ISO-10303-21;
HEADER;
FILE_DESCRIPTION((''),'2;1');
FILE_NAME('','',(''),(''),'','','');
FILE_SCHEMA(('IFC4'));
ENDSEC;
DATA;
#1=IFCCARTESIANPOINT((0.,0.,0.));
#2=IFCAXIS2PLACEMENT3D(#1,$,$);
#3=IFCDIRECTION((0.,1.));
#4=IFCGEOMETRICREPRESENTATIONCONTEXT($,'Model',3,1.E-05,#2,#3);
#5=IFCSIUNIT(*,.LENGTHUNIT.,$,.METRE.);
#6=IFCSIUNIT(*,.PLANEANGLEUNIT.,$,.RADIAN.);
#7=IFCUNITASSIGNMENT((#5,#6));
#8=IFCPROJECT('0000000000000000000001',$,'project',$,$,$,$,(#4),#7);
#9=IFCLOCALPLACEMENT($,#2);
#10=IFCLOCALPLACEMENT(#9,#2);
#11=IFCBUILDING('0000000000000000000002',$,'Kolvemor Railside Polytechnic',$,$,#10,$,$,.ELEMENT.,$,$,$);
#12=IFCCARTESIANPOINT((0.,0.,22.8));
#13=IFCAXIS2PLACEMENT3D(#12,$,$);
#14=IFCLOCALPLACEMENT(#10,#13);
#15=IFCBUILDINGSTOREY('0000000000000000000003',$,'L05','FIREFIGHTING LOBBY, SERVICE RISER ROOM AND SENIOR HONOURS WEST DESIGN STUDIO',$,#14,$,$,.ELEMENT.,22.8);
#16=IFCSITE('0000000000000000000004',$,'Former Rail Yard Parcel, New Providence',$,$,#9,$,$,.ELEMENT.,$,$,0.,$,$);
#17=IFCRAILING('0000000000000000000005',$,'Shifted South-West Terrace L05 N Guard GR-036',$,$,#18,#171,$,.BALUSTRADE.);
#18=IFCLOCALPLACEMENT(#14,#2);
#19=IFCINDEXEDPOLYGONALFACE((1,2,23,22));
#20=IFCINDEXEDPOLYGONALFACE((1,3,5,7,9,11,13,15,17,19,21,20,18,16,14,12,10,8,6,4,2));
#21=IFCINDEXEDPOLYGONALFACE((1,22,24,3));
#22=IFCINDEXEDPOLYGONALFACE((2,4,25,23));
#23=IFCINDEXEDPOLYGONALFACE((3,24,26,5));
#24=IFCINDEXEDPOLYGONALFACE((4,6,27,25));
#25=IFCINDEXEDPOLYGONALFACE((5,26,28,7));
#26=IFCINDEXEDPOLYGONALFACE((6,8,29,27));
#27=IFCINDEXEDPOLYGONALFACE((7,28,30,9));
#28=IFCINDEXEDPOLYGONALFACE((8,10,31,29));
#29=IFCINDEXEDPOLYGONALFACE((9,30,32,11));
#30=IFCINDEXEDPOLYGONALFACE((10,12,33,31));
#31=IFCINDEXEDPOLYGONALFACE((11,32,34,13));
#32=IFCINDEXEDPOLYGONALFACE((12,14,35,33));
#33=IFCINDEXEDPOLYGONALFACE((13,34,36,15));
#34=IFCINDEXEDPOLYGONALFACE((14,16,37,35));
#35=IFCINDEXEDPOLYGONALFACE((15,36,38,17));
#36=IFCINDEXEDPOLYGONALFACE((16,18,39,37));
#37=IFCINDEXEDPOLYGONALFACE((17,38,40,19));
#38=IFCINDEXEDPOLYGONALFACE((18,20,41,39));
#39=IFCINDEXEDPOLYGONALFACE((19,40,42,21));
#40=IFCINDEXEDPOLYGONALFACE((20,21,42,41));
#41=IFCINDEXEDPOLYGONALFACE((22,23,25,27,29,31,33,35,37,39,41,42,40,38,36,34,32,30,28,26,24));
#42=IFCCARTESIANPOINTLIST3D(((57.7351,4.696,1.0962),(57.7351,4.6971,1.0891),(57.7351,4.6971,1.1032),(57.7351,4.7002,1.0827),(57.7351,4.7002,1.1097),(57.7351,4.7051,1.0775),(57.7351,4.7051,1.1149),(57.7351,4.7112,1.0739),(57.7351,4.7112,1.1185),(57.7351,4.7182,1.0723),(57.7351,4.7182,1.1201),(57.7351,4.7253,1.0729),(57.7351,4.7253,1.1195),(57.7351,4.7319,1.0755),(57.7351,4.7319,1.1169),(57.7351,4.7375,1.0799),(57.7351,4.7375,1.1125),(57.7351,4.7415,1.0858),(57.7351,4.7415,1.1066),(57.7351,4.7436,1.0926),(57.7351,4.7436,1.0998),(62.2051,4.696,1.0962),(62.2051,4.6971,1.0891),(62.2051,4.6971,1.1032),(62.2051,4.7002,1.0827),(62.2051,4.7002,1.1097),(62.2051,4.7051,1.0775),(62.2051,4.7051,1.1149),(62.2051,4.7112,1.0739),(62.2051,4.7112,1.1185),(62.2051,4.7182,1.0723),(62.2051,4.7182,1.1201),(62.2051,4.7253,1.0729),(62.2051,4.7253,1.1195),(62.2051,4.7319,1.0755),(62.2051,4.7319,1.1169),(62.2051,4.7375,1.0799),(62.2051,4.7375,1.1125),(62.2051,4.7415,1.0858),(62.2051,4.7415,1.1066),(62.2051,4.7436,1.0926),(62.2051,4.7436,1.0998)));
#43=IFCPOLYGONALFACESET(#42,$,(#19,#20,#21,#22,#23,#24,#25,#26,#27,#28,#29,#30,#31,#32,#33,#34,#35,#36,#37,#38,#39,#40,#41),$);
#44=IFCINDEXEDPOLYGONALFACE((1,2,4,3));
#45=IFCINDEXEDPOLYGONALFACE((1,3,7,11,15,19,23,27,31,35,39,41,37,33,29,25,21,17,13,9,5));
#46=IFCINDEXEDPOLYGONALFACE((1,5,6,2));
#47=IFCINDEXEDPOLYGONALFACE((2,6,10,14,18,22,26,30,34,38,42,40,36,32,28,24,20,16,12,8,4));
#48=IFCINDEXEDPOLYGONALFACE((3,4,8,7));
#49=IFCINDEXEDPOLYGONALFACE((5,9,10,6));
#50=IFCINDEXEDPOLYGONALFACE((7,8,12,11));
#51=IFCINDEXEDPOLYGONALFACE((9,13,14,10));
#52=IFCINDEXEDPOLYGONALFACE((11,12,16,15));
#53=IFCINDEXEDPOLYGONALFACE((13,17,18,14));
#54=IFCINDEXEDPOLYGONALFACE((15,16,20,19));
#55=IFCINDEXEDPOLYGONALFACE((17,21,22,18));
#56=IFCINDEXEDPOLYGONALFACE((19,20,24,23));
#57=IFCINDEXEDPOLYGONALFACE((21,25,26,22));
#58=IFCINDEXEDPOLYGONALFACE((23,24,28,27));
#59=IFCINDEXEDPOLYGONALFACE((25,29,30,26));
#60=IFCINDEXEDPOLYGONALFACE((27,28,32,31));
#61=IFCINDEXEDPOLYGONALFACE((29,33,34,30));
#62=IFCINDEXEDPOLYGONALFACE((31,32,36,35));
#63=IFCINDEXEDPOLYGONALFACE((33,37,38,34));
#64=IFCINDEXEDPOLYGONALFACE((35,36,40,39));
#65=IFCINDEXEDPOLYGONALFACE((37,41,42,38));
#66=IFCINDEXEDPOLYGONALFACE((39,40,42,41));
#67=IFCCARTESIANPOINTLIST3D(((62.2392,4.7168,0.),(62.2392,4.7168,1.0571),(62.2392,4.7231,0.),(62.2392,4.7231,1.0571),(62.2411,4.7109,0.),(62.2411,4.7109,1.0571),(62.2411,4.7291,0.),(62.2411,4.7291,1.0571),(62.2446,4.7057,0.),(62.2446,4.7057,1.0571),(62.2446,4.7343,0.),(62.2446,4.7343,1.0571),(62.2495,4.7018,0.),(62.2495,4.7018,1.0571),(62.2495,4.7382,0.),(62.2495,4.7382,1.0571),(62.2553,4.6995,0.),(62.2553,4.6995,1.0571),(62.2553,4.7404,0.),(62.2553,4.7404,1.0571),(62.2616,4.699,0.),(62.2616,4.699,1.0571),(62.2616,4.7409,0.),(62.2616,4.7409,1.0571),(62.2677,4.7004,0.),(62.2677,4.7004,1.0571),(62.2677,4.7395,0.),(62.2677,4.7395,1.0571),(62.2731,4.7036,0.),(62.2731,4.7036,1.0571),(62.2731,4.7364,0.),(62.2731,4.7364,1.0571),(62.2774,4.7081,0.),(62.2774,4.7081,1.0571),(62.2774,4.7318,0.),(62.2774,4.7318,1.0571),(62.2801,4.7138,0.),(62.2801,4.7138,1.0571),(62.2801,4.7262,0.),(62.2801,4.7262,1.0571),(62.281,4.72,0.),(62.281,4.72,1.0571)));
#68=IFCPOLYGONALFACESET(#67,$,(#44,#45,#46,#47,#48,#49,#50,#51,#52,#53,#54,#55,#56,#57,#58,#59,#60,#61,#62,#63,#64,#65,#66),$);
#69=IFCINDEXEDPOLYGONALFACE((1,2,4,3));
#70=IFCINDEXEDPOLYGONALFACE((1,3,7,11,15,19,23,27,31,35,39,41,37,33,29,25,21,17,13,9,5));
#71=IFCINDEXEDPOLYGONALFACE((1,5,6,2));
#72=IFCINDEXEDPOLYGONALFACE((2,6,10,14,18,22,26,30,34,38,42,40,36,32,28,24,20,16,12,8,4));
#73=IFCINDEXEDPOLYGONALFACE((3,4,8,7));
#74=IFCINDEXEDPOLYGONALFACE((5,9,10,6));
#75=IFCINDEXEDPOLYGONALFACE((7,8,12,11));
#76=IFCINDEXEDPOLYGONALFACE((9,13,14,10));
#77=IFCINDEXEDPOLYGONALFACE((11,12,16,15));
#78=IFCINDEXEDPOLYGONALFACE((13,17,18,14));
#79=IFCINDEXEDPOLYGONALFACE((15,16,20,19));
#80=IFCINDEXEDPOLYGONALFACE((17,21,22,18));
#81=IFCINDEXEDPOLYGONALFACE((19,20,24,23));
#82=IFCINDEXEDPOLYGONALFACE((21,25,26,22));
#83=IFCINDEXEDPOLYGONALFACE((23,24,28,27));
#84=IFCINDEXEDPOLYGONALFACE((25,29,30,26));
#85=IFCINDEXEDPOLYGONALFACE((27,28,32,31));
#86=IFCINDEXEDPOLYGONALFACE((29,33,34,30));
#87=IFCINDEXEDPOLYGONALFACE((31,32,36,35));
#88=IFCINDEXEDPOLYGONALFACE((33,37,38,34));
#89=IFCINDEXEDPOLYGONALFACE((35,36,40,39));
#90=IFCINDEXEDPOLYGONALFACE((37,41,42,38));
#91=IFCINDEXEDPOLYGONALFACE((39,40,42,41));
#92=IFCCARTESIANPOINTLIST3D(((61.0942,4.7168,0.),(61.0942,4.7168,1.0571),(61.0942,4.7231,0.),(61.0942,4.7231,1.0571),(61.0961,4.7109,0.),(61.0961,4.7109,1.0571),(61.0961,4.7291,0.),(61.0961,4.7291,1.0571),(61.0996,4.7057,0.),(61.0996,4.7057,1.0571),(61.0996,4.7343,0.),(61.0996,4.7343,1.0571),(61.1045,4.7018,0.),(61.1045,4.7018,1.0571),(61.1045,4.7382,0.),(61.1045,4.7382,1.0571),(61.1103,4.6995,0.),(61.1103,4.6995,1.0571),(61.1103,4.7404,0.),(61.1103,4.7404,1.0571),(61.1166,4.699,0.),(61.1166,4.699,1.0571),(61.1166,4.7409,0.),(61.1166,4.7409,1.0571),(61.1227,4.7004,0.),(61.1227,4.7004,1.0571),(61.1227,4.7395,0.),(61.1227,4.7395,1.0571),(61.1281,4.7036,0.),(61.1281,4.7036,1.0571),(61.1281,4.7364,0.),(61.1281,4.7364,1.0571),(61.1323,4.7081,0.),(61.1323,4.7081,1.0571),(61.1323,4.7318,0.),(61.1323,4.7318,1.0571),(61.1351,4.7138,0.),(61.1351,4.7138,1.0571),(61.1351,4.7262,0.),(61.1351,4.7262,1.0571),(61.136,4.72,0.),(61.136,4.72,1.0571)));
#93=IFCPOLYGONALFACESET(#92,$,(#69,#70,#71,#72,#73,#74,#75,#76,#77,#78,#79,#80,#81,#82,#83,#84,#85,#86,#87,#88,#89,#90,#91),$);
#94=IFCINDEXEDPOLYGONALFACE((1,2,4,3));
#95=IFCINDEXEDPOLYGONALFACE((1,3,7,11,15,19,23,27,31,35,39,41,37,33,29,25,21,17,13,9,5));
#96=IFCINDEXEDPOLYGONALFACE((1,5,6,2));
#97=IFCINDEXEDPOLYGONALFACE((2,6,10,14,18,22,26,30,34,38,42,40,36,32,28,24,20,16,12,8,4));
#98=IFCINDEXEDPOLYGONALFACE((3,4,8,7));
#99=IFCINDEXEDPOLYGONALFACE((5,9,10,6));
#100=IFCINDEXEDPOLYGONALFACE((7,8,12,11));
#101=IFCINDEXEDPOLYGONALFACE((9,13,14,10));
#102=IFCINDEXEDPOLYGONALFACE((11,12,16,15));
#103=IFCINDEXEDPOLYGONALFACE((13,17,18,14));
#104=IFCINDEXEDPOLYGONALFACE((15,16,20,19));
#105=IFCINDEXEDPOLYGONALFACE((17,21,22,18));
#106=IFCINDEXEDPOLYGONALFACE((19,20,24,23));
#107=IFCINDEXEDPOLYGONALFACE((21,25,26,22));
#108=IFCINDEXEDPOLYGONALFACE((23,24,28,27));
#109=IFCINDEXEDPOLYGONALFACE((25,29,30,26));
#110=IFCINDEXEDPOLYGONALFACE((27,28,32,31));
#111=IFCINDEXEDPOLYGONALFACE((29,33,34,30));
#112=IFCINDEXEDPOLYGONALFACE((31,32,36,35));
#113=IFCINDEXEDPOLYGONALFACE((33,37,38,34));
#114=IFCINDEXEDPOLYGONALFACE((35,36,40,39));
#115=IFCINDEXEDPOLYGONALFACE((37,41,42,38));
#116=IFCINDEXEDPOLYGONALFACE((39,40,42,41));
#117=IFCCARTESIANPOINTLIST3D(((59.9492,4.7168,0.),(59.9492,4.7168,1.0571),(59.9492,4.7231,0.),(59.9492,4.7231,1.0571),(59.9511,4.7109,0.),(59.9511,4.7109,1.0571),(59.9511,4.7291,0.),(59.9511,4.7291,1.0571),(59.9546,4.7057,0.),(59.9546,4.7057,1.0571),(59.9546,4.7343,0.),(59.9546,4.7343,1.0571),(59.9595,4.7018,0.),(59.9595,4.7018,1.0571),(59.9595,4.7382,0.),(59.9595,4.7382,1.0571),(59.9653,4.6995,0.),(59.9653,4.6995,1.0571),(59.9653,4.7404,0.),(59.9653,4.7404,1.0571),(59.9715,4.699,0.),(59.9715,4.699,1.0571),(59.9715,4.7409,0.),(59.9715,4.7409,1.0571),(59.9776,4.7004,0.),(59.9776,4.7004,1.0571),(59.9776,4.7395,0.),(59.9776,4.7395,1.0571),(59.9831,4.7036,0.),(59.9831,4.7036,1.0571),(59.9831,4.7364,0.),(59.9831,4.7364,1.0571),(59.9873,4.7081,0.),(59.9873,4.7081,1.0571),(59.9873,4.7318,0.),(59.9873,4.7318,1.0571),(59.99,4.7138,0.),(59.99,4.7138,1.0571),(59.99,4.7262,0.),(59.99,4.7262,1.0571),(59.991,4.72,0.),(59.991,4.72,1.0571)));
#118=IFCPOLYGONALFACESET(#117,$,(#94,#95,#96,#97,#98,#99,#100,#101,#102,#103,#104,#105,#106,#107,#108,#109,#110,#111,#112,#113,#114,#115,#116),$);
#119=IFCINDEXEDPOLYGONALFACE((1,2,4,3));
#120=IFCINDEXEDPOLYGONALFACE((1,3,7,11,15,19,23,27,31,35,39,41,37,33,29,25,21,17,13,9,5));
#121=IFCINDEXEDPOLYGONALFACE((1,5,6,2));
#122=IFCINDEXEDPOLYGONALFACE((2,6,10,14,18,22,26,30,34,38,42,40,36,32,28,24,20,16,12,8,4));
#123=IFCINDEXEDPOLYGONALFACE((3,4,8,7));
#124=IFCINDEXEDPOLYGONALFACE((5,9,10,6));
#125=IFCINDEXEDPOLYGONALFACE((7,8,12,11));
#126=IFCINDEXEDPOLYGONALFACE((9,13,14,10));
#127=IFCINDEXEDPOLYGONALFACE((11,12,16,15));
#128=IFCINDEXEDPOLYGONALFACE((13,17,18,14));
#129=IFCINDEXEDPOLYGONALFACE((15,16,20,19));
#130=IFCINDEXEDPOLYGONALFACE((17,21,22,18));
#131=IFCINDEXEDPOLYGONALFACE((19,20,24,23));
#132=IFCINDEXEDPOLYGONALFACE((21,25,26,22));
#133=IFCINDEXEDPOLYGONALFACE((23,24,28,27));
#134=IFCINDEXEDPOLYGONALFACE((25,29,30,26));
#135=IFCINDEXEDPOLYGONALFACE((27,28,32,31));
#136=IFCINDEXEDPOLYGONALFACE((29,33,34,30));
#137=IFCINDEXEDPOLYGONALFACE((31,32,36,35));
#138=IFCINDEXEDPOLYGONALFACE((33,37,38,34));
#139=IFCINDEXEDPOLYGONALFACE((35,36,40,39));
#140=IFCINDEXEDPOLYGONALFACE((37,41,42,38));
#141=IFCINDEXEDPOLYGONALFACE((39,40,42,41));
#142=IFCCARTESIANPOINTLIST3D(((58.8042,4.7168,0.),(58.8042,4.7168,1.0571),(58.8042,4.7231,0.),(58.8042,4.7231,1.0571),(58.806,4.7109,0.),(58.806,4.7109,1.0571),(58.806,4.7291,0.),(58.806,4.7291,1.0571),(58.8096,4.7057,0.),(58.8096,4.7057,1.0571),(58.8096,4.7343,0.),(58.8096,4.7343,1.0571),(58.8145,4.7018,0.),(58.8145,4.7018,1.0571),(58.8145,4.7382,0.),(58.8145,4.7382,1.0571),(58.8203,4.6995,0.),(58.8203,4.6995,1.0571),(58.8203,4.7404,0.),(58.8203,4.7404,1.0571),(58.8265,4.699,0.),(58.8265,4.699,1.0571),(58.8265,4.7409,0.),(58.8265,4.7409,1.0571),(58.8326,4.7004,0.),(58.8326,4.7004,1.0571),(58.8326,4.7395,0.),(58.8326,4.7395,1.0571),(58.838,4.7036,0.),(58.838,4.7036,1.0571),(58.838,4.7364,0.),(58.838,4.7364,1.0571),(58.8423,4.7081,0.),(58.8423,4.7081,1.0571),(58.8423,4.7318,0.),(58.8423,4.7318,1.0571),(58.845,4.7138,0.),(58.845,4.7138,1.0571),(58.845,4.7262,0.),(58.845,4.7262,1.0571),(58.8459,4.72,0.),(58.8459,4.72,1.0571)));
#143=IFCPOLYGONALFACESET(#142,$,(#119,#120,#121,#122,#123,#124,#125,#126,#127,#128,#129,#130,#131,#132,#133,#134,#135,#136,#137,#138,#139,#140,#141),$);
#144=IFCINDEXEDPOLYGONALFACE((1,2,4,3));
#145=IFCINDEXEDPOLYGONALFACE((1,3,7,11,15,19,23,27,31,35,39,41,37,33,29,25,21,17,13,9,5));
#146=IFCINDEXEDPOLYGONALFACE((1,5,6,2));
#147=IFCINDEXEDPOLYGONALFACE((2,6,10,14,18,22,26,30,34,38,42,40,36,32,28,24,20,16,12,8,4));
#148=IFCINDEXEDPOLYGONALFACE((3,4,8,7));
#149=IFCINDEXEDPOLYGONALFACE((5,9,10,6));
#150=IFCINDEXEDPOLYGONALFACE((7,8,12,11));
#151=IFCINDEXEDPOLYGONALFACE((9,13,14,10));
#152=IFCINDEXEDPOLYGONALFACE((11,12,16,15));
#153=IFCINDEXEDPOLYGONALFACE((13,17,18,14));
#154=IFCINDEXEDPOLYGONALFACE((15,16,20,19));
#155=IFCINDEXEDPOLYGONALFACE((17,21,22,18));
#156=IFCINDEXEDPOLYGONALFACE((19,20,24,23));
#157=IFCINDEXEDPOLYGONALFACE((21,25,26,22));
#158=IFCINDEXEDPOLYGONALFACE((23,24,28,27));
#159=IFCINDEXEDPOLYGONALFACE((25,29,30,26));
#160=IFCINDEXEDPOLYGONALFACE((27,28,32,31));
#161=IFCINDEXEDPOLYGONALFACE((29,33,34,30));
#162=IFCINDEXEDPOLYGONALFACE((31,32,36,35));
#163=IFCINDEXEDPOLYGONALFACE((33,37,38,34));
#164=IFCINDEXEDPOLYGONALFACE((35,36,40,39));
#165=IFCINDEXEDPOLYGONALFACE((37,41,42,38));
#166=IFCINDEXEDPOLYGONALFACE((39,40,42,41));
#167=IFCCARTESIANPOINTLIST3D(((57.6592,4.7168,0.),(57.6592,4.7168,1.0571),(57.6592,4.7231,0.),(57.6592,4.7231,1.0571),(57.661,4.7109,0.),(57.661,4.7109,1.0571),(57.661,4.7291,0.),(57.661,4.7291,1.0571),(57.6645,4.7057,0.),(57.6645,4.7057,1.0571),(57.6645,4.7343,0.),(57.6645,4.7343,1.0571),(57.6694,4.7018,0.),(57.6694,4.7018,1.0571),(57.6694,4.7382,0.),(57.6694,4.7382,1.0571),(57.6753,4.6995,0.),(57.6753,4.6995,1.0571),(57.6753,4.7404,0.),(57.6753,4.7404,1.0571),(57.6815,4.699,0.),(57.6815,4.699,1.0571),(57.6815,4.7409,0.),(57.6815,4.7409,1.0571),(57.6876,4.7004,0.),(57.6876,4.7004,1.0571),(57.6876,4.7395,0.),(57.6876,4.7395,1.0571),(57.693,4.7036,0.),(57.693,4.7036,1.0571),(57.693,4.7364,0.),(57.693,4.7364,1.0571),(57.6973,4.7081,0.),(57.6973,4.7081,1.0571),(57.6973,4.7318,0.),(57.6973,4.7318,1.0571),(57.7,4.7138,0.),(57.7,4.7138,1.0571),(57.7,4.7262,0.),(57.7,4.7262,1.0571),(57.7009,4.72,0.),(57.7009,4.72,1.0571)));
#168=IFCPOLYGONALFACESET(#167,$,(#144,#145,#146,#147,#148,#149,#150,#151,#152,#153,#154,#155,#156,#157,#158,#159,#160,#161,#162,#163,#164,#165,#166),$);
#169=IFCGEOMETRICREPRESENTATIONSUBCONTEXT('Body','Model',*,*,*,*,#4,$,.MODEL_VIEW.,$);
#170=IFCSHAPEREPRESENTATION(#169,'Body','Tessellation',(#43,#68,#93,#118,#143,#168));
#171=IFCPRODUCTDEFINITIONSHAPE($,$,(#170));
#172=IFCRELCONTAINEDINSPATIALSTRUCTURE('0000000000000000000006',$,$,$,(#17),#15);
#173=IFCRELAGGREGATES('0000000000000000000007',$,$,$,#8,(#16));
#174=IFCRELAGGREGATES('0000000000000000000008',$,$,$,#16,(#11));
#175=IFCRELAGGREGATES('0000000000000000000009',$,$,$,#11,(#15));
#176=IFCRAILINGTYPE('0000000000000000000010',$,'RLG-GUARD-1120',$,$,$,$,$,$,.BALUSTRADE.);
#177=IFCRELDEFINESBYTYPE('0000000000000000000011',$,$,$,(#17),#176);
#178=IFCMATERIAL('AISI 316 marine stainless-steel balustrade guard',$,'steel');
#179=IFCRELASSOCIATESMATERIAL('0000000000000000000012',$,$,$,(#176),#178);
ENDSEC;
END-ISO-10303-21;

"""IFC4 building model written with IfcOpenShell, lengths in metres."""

from ifc_helpers import new_model, si_unit, direction, frame, origin, origin_2d, place, context, subcontext, project, spatial, circle, extrude, material, type_object, element, save


model = new_model("IFC4")

# Units and contexts
model_context = context("Model", 3, precision=1e-05, world=origin(), true_north=direction((0.0, 1.0)))
body_context = subcontext(model_context, "Body", "Model", "MODEL_VIEW")
ifc_project = project(units=[si_unit("LENGTHUNIT", "METRE"), si_unit("PLANEANGLEUNIT", "RADIAN")], contexts=[model_context])

# Site, building, storey
site_placement = place(None, origin())
site = spatial("IfcSite", under=ifc_project, at=site_placement, Name="Former Rail Yard Parcel, New Providence", CompositionType="ELEMENT", RefElevation=0.0)
building_placement = place(site_placement, origin())
building = spatial("IfcBuilding", under=site, at=building_placement, Name="Kolvemor Railside Polytechnic", CompositionType="ELEMENT")
storey_placement = place(building_placement, frame((0.0, 0.0, 22.8)))
storey = spatial("IfcBuildingStorey", under=building, at=storey_placement, Name="L05", Description="FIREFIGHTING LOBBY, SERVICE RISER ROOM AND SENIOR HONOURS WEST DESIGN STUDIO", CompositionType="ELEMENT", Elevation=22.8)

# Railing
ifc_material_1 = material(Name="AISI 316 marine stainless-steel balustrade guard", Category="steel")
railing_type = type_object("IfcRailingType", Name="RLG-GUARD-1120", PredefinedType="BALUSTRADE", material=ifc_material_1)
railing_1_placement = place(storey_placement, frame((62.26, 4.72, 0.0)))
element("IfcRailing", 1, at=railing_1_placement, inside=storey, type_object=railing_type, Name="Shifted South-West Terrace L05 N Guard GR-036", PredefinedType="BALUSTRADE", context=body_context, shape_type="SweptSolid", body=[
    extrude(circle(Radius=0.0239, at=origin_2d()), frame((-0.0549, 0.0, 1.0962), z_axis=(-1.0, 0.0, 0.0), x_axis=(0.0, -1.0, 0.0)), (0.0, 0.0, 1.0), 4.47),
    extrude(circle(Radius=0.021, at=origin_2d()), origin(), (0.0, 0.0, 1.0), 1.0571),
    extrude(circle(Radius=0.021, at=origin_2d()), frame((-1.145, 0.0, 0.0)), (0.0, 0.0, 1.0), 1.0571),
    extrude(circle(Radius=0.021, at=origin_2d()), frame((-2.29, 0.0, 0.0)), (0.0, 0.0, 1.0), 1.0571),
    extrude(circle(Radius=0.021, at=origin_2d()), frame((-3.4351, 0.0, 0.0)), (0.0, 0.0, 1.0), 1.0571),
    extrude(circle(Radius=0.021, at=origin_2d()), frame((-4.5801, 0.0, 0.0)), (0.0, 0.0, 1.0), 1.0571),
])

save(model, "model.ifc")
